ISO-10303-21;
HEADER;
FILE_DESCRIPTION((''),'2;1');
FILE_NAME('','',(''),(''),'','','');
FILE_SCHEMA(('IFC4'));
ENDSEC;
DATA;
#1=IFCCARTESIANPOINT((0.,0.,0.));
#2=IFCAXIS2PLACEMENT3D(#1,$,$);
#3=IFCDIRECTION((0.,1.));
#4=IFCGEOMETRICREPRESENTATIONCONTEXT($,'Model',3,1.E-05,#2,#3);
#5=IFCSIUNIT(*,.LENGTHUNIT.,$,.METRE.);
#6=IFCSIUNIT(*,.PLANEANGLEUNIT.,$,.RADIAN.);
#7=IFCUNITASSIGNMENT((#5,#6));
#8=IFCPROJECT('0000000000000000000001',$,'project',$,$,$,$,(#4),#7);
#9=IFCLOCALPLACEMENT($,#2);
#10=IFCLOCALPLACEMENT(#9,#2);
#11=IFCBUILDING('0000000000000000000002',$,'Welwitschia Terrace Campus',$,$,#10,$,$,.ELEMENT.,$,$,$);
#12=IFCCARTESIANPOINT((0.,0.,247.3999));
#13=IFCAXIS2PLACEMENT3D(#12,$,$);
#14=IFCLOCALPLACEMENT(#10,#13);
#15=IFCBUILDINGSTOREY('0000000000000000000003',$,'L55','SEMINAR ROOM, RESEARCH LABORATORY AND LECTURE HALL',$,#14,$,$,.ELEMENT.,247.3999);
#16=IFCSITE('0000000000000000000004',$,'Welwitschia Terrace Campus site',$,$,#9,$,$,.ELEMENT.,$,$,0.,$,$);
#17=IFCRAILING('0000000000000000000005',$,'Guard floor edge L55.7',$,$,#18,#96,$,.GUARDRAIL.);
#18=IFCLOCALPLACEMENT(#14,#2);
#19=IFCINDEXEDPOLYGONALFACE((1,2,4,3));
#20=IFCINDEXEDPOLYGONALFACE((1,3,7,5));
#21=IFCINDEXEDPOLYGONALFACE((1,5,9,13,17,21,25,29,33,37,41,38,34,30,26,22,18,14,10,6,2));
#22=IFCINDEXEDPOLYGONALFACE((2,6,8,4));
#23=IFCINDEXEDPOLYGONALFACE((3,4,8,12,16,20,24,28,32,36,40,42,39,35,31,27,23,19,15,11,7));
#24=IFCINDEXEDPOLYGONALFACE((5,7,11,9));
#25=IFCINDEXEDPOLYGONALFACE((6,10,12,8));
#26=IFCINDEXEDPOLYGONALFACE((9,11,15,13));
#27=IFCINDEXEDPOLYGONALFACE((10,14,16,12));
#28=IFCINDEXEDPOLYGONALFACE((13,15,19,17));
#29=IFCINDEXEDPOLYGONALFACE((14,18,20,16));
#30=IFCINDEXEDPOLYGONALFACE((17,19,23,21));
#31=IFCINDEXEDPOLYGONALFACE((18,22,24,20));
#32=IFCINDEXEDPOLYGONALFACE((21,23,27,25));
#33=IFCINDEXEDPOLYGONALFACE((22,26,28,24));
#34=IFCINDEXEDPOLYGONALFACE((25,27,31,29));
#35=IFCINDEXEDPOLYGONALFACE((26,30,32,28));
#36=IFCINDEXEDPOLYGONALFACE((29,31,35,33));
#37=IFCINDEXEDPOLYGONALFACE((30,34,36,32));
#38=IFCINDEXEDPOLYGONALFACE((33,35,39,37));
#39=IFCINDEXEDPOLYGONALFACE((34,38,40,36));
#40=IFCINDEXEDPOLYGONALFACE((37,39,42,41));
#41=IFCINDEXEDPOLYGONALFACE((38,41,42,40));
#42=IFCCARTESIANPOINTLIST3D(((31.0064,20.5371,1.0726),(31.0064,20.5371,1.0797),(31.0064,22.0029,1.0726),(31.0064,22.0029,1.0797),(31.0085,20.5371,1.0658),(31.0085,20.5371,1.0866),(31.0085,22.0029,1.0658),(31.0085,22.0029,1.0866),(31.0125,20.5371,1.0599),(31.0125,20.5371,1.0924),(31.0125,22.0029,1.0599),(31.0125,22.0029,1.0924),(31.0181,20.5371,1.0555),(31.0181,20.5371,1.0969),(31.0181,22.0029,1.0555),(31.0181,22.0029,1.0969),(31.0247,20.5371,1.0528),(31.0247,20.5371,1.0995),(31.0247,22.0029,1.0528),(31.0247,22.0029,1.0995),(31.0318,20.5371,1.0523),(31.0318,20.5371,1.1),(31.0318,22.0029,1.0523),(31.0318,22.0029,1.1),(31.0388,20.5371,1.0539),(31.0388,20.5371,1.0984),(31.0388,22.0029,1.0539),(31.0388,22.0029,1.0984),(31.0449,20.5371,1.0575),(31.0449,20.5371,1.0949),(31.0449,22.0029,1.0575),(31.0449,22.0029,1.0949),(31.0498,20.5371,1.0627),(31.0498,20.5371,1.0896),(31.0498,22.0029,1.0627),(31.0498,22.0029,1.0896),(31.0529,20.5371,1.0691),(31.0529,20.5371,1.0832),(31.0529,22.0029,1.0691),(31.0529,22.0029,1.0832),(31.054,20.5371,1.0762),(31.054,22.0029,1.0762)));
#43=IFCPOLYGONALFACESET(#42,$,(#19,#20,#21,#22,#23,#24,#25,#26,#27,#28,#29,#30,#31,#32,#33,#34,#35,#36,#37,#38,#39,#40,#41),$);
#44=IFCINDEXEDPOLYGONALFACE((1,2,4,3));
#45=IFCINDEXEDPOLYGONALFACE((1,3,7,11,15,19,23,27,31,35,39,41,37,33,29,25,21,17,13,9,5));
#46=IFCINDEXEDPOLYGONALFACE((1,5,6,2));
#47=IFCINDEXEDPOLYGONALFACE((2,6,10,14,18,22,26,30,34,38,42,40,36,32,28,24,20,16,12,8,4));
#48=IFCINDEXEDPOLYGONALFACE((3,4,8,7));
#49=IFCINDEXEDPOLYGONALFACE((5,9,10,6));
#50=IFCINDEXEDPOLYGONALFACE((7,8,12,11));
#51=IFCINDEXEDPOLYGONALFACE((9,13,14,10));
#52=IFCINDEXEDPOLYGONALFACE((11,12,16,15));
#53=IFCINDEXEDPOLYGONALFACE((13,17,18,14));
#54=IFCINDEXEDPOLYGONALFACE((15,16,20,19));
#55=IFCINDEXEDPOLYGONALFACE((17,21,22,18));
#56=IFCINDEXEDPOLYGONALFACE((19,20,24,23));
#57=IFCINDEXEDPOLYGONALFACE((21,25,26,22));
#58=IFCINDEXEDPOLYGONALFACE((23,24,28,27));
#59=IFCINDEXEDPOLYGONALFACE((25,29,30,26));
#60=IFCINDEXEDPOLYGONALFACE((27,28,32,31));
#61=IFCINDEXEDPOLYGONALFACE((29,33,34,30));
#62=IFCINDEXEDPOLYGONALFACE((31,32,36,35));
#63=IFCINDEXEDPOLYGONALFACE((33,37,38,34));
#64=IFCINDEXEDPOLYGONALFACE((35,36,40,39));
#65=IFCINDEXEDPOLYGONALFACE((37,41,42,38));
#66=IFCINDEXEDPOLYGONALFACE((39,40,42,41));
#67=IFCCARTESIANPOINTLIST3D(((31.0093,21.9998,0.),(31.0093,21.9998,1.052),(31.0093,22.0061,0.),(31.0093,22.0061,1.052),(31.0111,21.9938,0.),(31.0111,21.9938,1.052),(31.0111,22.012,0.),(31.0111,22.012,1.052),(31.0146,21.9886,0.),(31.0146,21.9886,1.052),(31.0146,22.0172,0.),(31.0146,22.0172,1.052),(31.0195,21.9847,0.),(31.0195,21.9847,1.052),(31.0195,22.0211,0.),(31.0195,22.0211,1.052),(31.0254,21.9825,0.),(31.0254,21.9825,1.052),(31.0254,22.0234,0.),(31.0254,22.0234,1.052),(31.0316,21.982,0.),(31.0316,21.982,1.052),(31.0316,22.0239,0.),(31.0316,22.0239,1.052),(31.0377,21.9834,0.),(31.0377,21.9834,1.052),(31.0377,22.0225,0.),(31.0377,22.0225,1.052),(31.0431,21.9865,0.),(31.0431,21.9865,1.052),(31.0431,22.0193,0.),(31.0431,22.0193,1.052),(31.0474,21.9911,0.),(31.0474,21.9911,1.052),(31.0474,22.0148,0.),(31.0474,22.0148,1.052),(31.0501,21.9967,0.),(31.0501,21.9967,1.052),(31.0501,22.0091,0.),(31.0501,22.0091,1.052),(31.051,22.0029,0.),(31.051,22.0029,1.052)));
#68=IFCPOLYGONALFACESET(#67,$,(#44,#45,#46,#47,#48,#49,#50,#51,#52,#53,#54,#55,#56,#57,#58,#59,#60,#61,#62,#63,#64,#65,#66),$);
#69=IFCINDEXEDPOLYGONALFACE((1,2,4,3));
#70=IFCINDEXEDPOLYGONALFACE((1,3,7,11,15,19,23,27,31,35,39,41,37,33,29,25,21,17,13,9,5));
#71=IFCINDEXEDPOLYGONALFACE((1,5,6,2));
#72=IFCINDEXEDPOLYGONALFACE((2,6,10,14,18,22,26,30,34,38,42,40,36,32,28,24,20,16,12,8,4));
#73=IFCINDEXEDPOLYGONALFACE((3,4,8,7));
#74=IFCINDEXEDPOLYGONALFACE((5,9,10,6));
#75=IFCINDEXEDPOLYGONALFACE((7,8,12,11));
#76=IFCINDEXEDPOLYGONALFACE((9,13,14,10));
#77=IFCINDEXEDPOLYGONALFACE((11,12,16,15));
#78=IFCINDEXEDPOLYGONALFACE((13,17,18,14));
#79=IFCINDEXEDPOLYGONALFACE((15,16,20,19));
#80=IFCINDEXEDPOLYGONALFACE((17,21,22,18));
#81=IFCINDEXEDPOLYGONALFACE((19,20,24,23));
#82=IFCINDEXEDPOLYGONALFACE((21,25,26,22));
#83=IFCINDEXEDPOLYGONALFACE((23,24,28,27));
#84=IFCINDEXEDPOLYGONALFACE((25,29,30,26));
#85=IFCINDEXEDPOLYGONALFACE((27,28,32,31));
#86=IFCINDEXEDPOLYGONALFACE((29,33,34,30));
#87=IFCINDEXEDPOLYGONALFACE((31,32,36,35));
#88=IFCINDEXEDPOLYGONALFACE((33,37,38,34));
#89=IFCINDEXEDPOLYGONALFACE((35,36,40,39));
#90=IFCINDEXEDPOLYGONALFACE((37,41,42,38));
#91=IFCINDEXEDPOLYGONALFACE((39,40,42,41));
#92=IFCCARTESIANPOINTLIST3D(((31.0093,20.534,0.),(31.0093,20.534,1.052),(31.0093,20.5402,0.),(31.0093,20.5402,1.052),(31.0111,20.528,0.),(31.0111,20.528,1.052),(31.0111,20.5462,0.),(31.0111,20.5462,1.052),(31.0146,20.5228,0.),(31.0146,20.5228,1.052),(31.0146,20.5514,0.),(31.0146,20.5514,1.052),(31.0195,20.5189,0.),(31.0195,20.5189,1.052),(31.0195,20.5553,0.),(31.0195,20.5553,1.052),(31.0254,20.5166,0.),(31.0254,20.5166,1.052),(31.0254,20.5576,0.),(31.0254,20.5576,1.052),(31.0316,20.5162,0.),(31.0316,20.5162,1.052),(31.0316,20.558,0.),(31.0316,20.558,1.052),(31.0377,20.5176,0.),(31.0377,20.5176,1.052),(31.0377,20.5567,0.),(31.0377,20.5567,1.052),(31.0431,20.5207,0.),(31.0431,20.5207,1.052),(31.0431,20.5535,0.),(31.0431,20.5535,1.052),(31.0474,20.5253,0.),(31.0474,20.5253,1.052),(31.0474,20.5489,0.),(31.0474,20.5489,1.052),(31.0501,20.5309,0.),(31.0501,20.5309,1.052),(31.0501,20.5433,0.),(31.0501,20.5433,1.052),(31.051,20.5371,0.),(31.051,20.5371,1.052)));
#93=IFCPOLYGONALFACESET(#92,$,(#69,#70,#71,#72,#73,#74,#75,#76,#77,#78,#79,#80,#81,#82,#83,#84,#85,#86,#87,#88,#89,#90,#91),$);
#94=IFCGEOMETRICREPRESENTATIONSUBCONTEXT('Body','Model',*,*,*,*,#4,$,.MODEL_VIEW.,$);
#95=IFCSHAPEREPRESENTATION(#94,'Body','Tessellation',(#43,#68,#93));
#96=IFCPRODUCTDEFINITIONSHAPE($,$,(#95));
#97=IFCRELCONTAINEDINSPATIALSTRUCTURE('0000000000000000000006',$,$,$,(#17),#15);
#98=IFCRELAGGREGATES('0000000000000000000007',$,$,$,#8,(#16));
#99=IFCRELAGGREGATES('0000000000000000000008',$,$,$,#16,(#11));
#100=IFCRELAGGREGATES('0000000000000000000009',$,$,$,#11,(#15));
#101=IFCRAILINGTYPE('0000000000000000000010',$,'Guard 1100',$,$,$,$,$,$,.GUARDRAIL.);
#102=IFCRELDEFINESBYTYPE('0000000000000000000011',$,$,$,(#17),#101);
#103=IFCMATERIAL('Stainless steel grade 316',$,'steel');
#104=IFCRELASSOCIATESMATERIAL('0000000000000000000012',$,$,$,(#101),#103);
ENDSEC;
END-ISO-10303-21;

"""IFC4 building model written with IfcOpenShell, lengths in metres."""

from ifc_helpers import new_model, si_unit, direction, frame, origin, origin_2d, place, context, subcontext, project, spatial, circle, extrude, material, type_object, element, save


model = new_model("IFC4")

# Units and contexts
model_context = context("Model", 3, precision=1e-05, world=origin(), true_north=direction((0.0, 1.0)))
body_context = subcontext(model_context, "Body", "Model", "MODEL_VIEW")
ifc_project = project(units=[si_unit("LENGTHUNIT", "METRE"), si_unit("PLANEANGLEUNIT", "RADIAN")], contexts=[model_context])

# Site, building, storey
site_placement = place(None, origin())
site = spatial("IfcSite", under=ifc_project, at=site_placement, Name="Welwitschia Terrace Campus site", CompositionType="ELEMENT", RefElevation=0.0)
building_placement = place(site_placement, origin())
building = spatial("IfcBuilding", under=site, at=building_placement, Name="Welwitschia Terrace Campus", CompositionType="ELEMENT")
storey_placement = place(building_placement, frame((0.0, 0.0, 247.3999)))
storey = spatial("IfcBuildingStorey", under=building, at=storey_placement, Name="L55", Description="SEMINAR ROOM, RESEARCH LABORATORY AND LECTURE HALL", CompositionType="ELEMENT", Elevation=247.3999)

# Railing
ifc_material_1 = material(Name="Stainless steel grade 316", Category="steel")
railing_type = type_object("IfcRailingType", Name="Guard 1100", PredefinedType="GUARDRAIL", material=ifc_material_1)
railing_1_placement = place(storey_placement, frame((31.03, 22.0029, 0.0)))
element("IfcRailing", 1, at=railing_1_placement, inside=storey, type_object=railing_type, Name="Guard floor edge L55.7", PredefinedType="GUARDRAIL", context=body_context, shape_type="SweptSolid", body=[
    extrude(circle(Radius=0.0239, at=origin_2d()), frame((0.0, 0.0, 1.0762), z_axis=(0.0, -1.0, 0.0), x_axis=(1.0, 0.0, 0.0)), (0.0, 0.0, 1.0), 1.4658),
    extrude(circle(Radius=0.021, at=origin_2d()), origin(), (0.0, 0.0, 1.0), 1.052),
    extrude(circle(Radius=0.021, at=origin_2d()), frame((0.0, -1.4658, 0.0)), (0.0, 0.0, 1.0), 1.052),
])

save(model, "model.ifc")
